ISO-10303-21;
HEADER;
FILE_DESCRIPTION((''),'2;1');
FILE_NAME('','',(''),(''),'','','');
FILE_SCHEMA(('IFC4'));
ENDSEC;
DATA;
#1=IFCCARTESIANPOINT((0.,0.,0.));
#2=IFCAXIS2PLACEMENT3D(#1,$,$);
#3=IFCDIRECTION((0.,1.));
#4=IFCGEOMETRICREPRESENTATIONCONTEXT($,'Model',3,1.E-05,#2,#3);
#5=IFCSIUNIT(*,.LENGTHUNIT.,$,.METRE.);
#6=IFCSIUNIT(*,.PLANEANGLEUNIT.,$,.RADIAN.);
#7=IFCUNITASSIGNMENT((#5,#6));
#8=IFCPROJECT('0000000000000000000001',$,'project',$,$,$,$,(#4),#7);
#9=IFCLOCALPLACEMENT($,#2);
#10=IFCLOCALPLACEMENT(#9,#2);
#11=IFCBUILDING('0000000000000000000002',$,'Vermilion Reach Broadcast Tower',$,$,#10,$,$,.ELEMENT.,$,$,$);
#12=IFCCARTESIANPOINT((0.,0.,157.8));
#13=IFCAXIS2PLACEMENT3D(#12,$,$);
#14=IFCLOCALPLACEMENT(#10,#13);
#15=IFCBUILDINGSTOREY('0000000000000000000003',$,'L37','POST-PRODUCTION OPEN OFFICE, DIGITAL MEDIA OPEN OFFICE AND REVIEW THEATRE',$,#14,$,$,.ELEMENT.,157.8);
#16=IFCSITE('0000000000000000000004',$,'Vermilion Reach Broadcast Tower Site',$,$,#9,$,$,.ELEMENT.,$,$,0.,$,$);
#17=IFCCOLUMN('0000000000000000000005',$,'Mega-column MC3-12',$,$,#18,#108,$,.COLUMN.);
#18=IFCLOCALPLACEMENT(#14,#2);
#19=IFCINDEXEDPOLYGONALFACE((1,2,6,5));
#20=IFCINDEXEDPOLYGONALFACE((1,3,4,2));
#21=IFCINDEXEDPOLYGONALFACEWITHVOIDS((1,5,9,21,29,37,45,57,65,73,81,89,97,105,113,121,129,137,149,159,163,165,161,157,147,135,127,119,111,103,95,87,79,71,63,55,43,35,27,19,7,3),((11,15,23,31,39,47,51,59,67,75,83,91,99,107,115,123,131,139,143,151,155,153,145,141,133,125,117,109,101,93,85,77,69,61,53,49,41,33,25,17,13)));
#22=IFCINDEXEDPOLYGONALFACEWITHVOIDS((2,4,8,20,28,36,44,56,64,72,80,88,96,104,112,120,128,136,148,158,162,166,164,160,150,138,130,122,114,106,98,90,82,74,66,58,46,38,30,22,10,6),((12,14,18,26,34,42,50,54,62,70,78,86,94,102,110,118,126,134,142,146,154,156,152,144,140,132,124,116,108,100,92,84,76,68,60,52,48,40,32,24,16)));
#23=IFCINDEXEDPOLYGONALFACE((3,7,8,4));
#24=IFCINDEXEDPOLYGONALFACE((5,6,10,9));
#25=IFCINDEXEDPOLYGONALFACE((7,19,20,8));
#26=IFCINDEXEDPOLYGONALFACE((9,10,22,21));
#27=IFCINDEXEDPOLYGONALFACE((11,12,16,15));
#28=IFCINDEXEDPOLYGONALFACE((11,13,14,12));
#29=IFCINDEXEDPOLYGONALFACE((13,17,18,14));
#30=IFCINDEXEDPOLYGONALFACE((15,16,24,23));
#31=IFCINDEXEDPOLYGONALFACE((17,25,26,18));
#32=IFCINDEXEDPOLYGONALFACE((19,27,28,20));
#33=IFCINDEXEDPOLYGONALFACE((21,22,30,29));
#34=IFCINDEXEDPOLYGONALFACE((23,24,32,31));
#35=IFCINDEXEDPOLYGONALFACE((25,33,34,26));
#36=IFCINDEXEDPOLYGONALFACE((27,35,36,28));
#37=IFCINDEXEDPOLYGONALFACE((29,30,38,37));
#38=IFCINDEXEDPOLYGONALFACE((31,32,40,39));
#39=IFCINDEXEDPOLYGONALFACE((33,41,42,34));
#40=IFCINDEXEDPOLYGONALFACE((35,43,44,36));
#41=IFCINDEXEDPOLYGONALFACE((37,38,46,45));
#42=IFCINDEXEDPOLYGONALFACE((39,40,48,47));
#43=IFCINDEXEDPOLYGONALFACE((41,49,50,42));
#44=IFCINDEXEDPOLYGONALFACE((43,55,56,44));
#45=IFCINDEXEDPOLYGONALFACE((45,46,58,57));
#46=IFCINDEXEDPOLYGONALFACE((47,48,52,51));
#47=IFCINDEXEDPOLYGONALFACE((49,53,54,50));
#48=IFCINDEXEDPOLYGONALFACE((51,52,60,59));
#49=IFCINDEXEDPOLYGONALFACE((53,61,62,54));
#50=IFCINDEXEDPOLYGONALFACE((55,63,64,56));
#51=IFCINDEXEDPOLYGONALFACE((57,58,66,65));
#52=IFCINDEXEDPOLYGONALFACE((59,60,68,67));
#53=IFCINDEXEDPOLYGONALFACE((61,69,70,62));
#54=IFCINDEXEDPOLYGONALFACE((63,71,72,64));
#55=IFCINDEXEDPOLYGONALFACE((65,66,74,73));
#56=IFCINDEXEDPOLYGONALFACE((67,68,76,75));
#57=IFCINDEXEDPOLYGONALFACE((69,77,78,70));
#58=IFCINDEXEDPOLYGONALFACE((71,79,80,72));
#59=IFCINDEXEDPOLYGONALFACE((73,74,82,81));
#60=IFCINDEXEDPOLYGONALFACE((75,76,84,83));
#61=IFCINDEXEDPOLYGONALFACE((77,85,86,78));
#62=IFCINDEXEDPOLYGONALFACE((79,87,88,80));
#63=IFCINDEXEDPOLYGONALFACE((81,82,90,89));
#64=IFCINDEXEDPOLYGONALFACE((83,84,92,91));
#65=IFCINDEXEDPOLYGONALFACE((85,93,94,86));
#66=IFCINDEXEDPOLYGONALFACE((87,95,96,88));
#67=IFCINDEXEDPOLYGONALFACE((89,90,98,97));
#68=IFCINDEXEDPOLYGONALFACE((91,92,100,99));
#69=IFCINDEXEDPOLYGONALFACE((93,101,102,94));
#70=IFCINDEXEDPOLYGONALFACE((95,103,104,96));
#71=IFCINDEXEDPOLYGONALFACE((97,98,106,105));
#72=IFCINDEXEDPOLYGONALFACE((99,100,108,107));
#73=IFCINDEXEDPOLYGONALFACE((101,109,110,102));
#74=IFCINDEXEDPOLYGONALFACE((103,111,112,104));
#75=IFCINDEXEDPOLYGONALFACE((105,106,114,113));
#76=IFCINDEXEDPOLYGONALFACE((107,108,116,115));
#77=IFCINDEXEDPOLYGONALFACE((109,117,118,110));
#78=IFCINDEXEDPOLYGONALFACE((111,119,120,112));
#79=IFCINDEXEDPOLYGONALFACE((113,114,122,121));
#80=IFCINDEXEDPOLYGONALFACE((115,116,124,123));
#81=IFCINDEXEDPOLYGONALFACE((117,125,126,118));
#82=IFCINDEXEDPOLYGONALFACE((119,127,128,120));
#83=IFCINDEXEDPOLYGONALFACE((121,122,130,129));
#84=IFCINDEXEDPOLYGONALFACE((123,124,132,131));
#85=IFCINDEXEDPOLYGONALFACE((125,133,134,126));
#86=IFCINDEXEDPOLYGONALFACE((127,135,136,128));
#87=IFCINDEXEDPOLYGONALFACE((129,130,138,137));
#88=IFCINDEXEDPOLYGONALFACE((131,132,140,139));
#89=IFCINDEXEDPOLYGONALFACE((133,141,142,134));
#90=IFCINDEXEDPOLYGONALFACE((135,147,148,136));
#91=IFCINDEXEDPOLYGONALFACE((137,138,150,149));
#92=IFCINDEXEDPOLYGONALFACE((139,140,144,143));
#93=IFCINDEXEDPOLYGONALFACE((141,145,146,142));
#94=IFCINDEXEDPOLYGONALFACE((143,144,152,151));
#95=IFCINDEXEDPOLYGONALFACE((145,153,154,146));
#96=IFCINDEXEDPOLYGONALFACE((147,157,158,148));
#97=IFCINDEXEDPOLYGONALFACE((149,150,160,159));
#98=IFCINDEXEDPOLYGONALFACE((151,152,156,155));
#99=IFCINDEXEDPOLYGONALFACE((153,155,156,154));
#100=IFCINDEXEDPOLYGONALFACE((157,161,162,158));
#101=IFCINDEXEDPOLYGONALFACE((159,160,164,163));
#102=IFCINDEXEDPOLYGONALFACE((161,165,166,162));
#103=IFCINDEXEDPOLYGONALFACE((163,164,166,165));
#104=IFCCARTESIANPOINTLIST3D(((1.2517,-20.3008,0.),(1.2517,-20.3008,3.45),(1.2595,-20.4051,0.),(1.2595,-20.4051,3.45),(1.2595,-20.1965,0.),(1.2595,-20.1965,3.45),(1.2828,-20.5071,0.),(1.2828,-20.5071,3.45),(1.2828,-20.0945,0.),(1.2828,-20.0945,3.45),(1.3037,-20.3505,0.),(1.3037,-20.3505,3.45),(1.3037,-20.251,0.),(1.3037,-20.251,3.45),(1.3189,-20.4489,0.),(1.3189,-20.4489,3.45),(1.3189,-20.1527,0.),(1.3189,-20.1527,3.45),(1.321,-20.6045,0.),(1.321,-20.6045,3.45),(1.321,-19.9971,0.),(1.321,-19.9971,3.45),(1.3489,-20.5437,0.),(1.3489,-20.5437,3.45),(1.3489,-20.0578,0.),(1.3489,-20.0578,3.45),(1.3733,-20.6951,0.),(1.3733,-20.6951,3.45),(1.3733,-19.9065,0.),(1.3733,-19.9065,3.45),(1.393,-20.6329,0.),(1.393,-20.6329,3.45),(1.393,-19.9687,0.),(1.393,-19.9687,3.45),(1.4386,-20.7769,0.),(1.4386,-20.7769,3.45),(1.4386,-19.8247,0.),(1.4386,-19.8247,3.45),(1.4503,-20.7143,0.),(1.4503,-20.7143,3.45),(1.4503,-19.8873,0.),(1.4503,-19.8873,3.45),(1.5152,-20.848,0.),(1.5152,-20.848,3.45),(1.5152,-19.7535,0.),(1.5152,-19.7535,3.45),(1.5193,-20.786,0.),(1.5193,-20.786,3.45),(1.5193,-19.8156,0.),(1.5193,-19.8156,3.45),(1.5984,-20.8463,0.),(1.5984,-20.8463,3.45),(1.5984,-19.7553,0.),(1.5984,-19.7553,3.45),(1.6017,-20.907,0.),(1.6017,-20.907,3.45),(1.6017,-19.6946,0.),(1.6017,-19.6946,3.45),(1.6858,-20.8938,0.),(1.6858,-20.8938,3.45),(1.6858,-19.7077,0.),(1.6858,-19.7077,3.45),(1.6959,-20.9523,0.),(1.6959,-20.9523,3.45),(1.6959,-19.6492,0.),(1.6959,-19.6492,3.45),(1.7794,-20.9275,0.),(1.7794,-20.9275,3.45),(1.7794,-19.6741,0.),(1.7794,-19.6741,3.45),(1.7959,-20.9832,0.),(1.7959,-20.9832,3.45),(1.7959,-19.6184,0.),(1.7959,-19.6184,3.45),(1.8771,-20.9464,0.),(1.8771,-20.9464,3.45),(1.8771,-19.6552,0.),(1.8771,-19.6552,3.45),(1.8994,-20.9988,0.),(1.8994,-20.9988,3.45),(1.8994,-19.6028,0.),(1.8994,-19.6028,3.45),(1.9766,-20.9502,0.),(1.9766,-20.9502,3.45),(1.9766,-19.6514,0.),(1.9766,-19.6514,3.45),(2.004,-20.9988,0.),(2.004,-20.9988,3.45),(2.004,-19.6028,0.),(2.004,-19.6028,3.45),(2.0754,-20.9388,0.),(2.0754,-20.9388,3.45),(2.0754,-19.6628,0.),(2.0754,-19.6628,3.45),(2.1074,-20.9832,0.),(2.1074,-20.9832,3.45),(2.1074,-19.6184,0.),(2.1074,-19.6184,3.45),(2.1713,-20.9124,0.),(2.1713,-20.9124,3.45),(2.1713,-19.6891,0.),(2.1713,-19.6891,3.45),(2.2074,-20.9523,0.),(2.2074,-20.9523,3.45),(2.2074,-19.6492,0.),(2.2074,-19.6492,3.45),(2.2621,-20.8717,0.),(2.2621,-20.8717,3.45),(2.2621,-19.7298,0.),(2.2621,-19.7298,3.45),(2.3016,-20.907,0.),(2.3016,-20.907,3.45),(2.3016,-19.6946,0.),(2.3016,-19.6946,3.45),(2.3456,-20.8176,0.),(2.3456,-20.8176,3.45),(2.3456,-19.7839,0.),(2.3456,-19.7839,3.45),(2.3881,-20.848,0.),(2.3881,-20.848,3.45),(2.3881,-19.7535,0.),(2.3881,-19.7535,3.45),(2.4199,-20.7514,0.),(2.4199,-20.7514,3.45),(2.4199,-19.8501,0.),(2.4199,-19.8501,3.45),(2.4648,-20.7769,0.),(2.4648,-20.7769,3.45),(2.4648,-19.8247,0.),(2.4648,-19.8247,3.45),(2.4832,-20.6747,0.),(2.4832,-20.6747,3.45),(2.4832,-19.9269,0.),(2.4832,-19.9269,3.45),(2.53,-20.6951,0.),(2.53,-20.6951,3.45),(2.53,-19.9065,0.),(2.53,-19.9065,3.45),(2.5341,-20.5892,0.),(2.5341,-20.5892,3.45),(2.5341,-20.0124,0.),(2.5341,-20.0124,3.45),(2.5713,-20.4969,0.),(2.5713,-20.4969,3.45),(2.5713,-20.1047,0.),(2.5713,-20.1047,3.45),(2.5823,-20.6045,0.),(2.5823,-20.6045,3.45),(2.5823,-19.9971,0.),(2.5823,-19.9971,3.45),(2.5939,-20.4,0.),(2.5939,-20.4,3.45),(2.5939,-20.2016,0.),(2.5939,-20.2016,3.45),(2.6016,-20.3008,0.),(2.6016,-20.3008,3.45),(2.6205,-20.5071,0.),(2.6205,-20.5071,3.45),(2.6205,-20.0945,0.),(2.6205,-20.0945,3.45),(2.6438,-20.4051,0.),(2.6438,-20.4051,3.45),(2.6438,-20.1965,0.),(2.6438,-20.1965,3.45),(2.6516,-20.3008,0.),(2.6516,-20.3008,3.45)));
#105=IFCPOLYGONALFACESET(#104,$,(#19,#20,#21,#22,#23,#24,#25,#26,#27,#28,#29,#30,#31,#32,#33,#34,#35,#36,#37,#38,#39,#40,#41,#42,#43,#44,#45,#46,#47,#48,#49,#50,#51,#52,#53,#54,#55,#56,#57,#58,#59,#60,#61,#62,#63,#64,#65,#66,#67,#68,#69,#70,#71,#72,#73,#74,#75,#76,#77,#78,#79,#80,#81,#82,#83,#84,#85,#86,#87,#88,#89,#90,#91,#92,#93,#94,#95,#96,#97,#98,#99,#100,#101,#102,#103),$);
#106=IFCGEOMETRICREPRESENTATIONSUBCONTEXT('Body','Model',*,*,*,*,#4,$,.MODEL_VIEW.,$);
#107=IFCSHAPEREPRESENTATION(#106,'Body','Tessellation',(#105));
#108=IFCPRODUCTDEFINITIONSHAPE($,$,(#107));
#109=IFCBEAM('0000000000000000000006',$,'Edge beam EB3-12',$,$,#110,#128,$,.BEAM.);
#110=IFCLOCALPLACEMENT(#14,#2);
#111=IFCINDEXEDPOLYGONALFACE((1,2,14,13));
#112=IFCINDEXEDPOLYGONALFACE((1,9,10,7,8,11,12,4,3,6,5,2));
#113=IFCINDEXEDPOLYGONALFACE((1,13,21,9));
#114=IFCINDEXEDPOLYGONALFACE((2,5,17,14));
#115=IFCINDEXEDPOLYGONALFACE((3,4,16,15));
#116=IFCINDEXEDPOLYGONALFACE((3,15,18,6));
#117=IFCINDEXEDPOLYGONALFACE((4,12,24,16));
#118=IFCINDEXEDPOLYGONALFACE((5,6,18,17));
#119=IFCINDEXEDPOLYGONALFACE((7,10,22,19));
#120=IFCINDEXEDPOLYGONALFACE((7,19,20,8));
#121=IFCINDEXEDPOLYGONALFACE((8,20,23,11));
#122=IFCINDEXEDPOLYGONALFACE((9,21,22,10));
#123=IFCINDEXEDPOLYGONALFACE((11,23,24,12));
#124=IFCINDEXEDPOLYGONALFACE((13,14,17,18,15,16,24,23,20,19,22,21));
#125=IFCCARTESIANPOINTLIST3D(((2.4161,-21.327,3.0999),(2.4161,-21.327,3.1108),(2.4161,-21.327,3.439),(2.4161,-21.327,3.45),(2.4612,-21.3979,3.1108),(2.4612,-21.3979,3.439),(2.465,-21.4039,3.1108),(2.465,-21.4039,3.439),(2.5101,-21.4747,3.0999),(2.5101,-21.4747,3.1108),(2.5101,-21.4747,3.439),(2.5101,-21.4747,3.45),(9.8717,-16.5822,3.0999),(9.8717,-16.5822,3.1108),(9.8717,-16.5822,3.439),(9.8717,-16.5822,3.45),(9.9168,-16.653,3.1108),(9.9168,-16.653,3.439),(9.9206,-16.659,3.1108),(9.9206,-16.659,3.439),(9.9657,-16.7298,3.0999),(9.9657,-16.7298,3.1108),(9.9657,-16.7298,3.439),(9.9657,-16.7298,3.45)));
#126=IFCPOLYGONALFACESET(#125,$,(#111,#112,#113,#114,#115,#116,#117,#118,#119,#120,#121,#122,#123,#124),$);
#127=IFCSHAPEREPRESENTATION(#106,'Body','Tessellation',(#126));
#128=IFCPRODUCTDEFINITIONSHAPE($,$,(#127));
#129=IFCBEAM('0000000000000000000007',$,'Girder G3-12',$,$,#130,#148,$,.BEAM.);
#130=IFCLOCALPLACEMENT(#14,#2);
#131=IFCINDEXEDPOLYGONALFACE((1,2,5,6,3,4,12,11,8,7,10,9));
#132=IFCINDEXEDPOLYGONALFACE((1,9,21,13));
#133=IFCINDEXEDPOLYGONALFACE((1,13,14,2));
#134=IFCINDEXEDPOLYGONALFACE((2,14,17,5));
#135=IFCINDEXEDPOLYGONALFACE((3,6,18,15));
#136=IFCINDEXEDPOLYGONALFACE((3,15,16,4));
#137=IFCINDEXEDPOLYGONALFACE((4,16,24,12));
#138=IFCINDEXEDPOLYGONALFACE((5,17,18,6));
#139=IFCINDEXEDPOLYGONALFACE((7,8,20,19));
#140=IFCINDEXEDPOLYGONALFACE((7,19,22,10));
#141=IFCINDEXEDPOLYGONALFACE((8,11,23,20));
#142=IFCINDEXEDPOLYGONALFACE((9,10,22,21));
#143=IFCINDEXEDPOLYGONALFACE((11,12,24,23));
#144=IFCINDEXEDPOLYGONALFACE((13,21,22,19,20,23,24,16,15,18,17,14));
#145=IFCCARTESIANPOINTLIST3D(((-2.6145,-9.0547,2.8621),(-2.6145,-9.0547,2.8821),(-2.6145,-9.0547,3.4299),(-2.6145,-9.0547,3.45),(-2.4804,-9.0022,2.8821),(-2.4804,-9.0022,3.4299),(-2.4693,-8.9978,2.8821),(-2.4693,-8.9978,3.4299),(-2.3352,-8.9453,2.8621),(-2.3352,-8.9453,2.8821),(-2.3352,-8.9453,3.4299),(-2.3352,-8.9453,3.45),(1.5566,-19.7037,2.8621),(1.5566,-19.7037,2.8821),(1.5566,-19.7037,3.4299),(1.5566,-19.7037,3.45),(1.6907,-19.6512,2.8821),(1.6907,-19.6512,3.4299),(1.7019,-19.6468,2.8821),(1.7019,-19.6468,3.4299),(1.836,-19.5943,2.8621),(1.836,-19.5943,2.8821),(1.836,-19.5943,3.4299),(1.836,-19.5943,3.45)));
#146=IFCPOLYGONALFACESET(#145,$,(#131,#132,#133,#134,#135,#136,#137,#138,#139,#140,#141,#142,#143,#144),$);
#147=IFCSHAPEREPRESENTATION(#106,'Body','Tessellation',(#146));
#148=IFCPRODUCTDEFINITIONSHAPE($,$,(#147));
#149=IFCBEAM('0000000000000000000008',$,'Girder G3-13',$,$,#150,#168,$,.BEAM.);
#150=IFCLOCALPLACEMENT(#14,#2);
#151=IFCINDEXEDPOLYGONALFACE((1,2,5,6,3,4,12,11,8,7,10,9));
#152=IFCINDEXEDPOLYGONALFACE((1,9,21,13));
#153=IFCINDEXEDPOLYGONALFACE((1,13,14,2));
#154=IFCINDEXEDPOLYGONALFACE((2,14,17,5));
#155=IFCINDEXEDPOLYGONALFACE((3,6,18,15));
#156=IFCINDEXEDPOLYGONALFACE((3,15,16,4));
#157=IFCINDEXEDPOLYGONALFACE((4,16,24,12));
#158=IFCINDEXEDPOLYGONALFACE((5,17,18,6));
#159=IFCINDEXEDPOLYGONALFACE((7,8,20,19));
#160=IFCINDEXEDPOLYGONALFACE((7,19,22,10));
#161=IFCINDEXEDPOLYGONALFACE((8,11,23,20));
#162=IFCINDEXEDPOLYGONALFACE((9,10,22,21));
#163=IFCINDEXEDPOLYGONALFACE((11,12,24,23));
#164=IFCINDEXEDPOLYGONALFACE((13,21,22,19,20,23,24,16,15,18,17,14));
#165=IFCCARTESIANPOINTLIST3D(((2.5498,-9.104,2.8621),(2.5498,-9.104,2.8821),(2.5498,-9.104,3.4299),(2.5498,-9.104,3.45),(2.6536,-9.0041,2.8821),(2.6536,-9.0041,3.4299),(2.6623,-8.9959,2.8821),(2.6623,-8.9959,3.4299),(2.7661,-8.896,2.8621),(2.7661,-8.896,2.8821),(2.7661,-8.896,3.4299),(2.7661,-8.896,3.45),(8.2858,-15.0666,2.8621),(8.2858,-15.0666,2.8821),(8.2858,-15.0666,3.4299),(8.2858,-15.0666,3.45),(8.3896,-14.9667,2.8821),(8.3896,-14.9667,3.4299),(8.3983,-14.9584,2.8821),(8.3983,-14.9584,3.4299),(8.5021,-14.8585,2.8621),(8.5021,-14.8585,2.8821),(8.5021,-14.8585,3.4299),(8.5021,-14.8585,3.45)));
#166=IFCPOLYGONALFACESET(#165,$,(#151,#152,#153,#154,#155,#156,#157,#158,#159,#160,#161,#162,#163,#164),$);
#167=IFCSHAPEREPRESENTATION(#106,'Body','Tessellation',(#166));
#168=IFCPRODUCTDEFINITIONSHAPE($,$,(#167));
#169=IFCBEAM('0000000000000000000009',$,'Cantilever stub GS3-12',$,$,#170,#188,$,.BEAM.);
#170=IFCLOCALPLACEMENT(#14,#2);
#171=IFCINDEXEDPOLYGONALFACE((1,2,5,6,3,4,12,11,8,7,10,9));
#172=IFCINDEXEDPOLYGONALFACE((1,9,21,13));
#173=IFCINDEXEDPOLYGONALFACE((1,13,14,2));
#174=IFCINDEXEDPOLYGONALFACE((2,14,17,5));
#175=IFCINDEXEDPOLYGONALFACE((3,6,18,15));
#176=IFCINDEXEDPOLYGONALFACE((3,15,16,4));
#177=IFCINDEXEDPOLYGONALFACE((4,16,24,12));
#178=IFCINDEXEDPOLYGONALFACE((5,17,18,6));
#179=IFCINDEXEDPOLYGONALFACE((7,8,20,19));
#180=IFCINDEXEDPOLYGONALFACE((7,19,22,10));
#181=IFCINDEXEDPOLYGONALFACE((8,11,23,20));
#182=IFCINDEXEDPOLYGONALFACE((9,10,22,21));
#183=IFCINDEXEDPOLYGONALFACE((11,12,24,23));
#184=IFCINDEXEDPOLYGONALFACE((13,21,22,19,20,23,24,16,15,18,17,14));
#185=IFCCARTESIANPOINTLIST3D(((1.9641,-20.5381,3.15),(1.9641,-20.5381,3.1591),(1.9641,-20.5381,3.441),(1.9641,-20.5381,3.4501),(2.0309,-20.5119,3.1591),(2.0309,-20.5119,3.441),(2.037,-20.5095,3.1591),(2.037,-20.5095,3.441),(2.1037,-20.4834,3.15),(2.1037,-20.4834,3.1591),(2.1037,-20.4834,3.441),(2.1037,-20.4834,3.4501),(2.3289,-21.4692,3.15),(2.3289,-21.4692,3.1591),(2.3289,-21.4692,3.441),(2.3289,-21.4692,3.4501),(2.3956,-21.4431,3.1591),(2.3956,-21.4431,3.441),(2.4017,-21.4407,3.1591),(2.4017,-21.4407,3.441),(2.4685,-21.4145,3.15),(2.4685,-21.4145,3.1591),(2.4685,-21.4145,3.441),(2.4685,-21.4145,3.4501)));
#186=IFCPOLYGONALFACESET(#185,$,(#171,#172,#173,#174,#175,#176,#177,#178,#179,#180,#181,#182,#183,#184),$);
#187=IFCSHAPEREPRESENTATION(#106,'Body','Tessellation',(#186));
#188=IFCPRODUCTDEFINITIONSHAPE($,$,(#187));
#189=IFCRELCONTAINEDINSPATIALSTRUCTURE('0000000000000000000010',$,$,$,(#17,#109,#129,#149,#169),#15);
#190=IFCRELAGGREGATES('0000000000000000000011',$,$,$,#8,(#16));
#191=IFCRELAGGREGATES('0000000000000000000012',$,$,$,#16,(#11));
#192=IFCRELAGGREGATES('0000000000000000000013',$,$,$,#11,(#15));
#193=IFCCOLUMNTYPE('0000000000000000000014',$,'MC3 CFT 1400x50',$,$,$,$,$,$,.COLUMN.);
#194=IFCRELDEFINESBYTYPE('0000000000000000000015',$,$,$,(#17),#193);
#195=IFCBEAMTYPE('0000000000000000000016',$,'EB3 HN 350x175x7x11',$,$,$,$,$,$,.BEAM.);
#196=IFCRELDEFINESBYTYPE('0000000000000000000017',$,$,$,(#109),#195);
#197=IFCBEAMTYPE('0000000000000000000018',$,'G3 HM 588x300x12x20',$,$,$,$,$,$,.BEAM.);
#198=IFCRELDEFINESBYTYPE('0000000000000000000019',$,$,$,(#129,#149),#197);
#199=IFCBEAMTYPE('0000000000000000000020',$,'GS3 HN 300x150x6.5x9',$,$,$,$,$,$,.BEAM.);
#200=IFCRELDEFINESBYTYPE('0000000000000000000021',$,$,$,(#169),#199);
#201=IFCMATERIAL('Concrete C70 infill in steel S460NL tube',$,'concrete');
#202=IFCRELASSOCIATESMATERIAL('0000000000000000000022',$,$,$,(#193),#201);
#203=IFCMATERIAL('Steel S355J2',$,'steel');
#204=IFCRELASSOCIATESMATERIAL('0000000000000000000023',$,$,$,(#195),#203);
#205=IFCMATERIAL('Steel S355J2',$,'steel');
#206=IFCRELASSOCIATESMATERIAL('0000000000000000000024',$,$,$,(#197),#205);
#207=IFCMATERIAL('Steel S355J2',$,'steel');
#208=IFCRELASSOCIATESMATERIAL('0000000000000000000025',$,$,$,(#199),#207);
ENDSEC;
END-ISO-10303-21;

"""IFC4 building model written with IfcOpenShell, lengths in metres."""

from ifc_helpers import new_model, si_unit, direction, frame, origin, origin_2d, place, context, subcontext, project, spatial, hollow_circle, i_section, extrude, material, material_profile, profile_set, type_object, element, save


model = new_model("IFC4")

# Units and contexts
model_context = context("Model", 3, precision=1e-05, world=origin(), true_north=direction((0.0, 1.0)))
body_context = subcontext(model_context, "Body", "Model", "MODEL_VIEW")
ifc_project = project(units=[si_unit("LENGTHUNIT", "METRE"), si_unit("PLANEANGLEUNIT", "RADIAN")], contexts=[model_context])

# Site, building, storey
site_placement = place(None, origin())
site = spatial("IfcSite", under=ifc_project, at=site_placement, Name="Vermilion Reach Broadcast Tower Site", CompositionType="ELEMENT", RefElevation=0.0)
building_placement = place(site_placement, origin())
building = spatial("IfcBuilding", under=site, at=building_placement, Name="Vermilion Reach Broadcast Tower", CompositionType="ELEMENT")
storey_placement = place(building_placement, frame((0.0, 0.0, 157.8)))
storey = spatial("IfcBuildingStorey", under=building, at=storey_placement, Name="L37", Description="POST-PRODUCTION OPEN OFFICE, DIGITAL MEDIA OPEN OFFICE AND REVIEW THEATRE", CompositionType="ELEMENT", Elevation=157.8)

# Column
ifc_material_1 = material(Name="Concrete C70 infill in steel S460NL tube", Category="concrete")
ifc_material_profile_1 = material_profile(ifc_material_1, hollow_circle(Radius=0.7, WallThickness=0.05, at=origin_2d()), Name="Concrete C70 infill in steel S460NL tube CFT 1400x50")
ifc_profile_set_1 = profile_set([ifc_material_profile_1], Name="Concrete C70 infill in steel S460NL tube")
column_type = type_object("IfcColumnType", Name="MC3 CFT 1400x50", PredefinedType="COLUMN", material=ifc_profile_set_1)
column_placement = place(storey_placement, frame((1.9517, -20.3008, 0.0), z_axis=(0.0, 0.0, 1.0), x_axis=(1.0, 0.0, 0.0)))
element("IfcColumn", 1, at=column_placement, inside=storey, type_object=column_type, Name="Mega-column MC3-12", PredefinedType="COLUMN", context=body_context, shape_type="SweptSolid", body=[
    extrude(hollow_circle(Radius=0.7, WallThickness=0.05, at=origin_2d()), origin(), (0.0, 0.0, 1.0), 3.45),
])

# Beams
ifc_material_2 = material(Name="Steel S355J2", Category="steel")
ifc_material_profile_2 = material_profile(ifc_material_2, i_section(OverallWidth=0.175, OverallDepth=0.3501, WebThickness=0.0071, FlangeThickness=0.011, at=origin_2d()), Name="S355J2 HN 350x175x7x11")
ifc_profile_set_2 = profile_set([ifc_material_profile_2], Name="Steel S355J2")
beam_type_1 = type_object("IfcBeamType", Name="EB3 HN 350x175x7x11", PredefinedType="BEAM", material=ifc_profile_set_2)
beam_1_placement = place(storey_placement, frame((2.4631, -21.4009, 3.2749), z_axis=(0.84364, 0.536909, 0.0), x_axis=(-0.536909, 0.84364, 0.0)))
element("IfcBeam", 2, at=beam_1_placement, inside=storey, type_object=beam_type_1, Name="Edge beam EB3-12", PredefinedType="BEAM", context=body_context, shape_type="SweptSolid", body=[
    extrude(i_section(OverallWidth=0.175, OverallDepth=0.3501, WebThickness=0.0071, FlangeThickness=0.011, at=origin_2d()), origin(), (0.0, 0.0, 1.0), 8.8374),
])
ifc_material_3 = material(Name="Steel S355J2", Category="steel")
ifc_material_profile_3 = material_profile(ifc_material_3, i_section(OverallWidth=0.3, OverallDepth=0.5879, WebThickness=0.012, FlangeThickness=0.02, at=origin_2d()), Name="S355J2 HM 588x300x12x20")
ifc_profile_set_3 = profile_set([ifc_material_profile_3], Name="Steel S355J2")
beam_type_2 = type_object("IfcBeamType", Name="G3 HM 588x300x12x20", PredefinedType="BEAM", material=ifc_profile_set_3)
beam_2_placement = place(storey_placement, frame((-2.4749, -9.0, 3.156), z_axis=(0.364716, -0.931119, 0.0), x_axis=(0.931119, 0.364716, 0.0)))
element("IfcBeam", 3, at=beam_2_placement, inside=storey, type_object=beam_type_2, Name="Girder G3-12", PredefinedType="BEAM", context=body_context, shape_type="SweptSolid", body=[
    extrude(i_section(OverallWidth=0.3, OverallDepth=0.5879, WebThickness=0.012, FlangeThickness=0.02, at=origin_2d()), origin(), (0.0, 0.0, 1.0), 11.4368),
])
beam_3_placement = place(storey_placement, frame((2.658, -9.0, 3.156), z_axis=(0.693283, -0.720666, 0.0), x_axis=(0.720666, 0.693283, 0.0)))
element("IfcBeam", 4, at=beam_3_placement, inside=storey, type_object=beam_type_2, Name="Girder G3-13", PredefinedType="BEAM", context=body_context, shape_type="SweptSolid", body=[
    extrude(i_section(OverallWidth=0.3, OverallDepth=0.5879, WebThickness=0.012, FlangeThickness=0.02, at=origin_2d()), origin(), (0.0, 0.0, 1.0), 8.2737),
])
ifc_material_4 = material(Name="Steel S355J2", Category="steel")
ifc_material_profile_4 = material_profile(ifc_material_4, i_section(OverallWidth=0.1499, OverallDepth=0.3, WebThickness=0.0066, FlangeThickness=0.009, at=origin_2d()), Name="S355J2 HN 300x150x6.5x9")
ifc_profile_set_4 = profile_set([ifc_material_profile_4], Name="Steel S355J2")
beam_type_3 = type_object("IfcBeamType", Name="GS3 HN 300x150x6.5x9", PredefinedType="BEAM", material=ifc_profile_set_4)
beam_4_placement = place(storey_placement, frame((2.0339, -20.5107, 3.3), z_axis=(0.364731, -0.931113, 0.0), x_axis=(0.931113, 0.364731, 0.0)))
element("IfcBeam", 5, at=beam_4_placement, inside=storey, type_object=beam_type_3, Name="Cantilever stub GS3-12", PredefinedType="BEAM", context=body_context, shape_type="SweptSolid", body=[
    extrude(i_section(OverallWidth=0.1499, OverallDepth=0.3, WebThickness=0.0066, FlangeThickness=0.009, at=origin_2d()), origin(), (0.0, 0.0, 1.0), 1.0),
])

save(model, "model.ifc")
